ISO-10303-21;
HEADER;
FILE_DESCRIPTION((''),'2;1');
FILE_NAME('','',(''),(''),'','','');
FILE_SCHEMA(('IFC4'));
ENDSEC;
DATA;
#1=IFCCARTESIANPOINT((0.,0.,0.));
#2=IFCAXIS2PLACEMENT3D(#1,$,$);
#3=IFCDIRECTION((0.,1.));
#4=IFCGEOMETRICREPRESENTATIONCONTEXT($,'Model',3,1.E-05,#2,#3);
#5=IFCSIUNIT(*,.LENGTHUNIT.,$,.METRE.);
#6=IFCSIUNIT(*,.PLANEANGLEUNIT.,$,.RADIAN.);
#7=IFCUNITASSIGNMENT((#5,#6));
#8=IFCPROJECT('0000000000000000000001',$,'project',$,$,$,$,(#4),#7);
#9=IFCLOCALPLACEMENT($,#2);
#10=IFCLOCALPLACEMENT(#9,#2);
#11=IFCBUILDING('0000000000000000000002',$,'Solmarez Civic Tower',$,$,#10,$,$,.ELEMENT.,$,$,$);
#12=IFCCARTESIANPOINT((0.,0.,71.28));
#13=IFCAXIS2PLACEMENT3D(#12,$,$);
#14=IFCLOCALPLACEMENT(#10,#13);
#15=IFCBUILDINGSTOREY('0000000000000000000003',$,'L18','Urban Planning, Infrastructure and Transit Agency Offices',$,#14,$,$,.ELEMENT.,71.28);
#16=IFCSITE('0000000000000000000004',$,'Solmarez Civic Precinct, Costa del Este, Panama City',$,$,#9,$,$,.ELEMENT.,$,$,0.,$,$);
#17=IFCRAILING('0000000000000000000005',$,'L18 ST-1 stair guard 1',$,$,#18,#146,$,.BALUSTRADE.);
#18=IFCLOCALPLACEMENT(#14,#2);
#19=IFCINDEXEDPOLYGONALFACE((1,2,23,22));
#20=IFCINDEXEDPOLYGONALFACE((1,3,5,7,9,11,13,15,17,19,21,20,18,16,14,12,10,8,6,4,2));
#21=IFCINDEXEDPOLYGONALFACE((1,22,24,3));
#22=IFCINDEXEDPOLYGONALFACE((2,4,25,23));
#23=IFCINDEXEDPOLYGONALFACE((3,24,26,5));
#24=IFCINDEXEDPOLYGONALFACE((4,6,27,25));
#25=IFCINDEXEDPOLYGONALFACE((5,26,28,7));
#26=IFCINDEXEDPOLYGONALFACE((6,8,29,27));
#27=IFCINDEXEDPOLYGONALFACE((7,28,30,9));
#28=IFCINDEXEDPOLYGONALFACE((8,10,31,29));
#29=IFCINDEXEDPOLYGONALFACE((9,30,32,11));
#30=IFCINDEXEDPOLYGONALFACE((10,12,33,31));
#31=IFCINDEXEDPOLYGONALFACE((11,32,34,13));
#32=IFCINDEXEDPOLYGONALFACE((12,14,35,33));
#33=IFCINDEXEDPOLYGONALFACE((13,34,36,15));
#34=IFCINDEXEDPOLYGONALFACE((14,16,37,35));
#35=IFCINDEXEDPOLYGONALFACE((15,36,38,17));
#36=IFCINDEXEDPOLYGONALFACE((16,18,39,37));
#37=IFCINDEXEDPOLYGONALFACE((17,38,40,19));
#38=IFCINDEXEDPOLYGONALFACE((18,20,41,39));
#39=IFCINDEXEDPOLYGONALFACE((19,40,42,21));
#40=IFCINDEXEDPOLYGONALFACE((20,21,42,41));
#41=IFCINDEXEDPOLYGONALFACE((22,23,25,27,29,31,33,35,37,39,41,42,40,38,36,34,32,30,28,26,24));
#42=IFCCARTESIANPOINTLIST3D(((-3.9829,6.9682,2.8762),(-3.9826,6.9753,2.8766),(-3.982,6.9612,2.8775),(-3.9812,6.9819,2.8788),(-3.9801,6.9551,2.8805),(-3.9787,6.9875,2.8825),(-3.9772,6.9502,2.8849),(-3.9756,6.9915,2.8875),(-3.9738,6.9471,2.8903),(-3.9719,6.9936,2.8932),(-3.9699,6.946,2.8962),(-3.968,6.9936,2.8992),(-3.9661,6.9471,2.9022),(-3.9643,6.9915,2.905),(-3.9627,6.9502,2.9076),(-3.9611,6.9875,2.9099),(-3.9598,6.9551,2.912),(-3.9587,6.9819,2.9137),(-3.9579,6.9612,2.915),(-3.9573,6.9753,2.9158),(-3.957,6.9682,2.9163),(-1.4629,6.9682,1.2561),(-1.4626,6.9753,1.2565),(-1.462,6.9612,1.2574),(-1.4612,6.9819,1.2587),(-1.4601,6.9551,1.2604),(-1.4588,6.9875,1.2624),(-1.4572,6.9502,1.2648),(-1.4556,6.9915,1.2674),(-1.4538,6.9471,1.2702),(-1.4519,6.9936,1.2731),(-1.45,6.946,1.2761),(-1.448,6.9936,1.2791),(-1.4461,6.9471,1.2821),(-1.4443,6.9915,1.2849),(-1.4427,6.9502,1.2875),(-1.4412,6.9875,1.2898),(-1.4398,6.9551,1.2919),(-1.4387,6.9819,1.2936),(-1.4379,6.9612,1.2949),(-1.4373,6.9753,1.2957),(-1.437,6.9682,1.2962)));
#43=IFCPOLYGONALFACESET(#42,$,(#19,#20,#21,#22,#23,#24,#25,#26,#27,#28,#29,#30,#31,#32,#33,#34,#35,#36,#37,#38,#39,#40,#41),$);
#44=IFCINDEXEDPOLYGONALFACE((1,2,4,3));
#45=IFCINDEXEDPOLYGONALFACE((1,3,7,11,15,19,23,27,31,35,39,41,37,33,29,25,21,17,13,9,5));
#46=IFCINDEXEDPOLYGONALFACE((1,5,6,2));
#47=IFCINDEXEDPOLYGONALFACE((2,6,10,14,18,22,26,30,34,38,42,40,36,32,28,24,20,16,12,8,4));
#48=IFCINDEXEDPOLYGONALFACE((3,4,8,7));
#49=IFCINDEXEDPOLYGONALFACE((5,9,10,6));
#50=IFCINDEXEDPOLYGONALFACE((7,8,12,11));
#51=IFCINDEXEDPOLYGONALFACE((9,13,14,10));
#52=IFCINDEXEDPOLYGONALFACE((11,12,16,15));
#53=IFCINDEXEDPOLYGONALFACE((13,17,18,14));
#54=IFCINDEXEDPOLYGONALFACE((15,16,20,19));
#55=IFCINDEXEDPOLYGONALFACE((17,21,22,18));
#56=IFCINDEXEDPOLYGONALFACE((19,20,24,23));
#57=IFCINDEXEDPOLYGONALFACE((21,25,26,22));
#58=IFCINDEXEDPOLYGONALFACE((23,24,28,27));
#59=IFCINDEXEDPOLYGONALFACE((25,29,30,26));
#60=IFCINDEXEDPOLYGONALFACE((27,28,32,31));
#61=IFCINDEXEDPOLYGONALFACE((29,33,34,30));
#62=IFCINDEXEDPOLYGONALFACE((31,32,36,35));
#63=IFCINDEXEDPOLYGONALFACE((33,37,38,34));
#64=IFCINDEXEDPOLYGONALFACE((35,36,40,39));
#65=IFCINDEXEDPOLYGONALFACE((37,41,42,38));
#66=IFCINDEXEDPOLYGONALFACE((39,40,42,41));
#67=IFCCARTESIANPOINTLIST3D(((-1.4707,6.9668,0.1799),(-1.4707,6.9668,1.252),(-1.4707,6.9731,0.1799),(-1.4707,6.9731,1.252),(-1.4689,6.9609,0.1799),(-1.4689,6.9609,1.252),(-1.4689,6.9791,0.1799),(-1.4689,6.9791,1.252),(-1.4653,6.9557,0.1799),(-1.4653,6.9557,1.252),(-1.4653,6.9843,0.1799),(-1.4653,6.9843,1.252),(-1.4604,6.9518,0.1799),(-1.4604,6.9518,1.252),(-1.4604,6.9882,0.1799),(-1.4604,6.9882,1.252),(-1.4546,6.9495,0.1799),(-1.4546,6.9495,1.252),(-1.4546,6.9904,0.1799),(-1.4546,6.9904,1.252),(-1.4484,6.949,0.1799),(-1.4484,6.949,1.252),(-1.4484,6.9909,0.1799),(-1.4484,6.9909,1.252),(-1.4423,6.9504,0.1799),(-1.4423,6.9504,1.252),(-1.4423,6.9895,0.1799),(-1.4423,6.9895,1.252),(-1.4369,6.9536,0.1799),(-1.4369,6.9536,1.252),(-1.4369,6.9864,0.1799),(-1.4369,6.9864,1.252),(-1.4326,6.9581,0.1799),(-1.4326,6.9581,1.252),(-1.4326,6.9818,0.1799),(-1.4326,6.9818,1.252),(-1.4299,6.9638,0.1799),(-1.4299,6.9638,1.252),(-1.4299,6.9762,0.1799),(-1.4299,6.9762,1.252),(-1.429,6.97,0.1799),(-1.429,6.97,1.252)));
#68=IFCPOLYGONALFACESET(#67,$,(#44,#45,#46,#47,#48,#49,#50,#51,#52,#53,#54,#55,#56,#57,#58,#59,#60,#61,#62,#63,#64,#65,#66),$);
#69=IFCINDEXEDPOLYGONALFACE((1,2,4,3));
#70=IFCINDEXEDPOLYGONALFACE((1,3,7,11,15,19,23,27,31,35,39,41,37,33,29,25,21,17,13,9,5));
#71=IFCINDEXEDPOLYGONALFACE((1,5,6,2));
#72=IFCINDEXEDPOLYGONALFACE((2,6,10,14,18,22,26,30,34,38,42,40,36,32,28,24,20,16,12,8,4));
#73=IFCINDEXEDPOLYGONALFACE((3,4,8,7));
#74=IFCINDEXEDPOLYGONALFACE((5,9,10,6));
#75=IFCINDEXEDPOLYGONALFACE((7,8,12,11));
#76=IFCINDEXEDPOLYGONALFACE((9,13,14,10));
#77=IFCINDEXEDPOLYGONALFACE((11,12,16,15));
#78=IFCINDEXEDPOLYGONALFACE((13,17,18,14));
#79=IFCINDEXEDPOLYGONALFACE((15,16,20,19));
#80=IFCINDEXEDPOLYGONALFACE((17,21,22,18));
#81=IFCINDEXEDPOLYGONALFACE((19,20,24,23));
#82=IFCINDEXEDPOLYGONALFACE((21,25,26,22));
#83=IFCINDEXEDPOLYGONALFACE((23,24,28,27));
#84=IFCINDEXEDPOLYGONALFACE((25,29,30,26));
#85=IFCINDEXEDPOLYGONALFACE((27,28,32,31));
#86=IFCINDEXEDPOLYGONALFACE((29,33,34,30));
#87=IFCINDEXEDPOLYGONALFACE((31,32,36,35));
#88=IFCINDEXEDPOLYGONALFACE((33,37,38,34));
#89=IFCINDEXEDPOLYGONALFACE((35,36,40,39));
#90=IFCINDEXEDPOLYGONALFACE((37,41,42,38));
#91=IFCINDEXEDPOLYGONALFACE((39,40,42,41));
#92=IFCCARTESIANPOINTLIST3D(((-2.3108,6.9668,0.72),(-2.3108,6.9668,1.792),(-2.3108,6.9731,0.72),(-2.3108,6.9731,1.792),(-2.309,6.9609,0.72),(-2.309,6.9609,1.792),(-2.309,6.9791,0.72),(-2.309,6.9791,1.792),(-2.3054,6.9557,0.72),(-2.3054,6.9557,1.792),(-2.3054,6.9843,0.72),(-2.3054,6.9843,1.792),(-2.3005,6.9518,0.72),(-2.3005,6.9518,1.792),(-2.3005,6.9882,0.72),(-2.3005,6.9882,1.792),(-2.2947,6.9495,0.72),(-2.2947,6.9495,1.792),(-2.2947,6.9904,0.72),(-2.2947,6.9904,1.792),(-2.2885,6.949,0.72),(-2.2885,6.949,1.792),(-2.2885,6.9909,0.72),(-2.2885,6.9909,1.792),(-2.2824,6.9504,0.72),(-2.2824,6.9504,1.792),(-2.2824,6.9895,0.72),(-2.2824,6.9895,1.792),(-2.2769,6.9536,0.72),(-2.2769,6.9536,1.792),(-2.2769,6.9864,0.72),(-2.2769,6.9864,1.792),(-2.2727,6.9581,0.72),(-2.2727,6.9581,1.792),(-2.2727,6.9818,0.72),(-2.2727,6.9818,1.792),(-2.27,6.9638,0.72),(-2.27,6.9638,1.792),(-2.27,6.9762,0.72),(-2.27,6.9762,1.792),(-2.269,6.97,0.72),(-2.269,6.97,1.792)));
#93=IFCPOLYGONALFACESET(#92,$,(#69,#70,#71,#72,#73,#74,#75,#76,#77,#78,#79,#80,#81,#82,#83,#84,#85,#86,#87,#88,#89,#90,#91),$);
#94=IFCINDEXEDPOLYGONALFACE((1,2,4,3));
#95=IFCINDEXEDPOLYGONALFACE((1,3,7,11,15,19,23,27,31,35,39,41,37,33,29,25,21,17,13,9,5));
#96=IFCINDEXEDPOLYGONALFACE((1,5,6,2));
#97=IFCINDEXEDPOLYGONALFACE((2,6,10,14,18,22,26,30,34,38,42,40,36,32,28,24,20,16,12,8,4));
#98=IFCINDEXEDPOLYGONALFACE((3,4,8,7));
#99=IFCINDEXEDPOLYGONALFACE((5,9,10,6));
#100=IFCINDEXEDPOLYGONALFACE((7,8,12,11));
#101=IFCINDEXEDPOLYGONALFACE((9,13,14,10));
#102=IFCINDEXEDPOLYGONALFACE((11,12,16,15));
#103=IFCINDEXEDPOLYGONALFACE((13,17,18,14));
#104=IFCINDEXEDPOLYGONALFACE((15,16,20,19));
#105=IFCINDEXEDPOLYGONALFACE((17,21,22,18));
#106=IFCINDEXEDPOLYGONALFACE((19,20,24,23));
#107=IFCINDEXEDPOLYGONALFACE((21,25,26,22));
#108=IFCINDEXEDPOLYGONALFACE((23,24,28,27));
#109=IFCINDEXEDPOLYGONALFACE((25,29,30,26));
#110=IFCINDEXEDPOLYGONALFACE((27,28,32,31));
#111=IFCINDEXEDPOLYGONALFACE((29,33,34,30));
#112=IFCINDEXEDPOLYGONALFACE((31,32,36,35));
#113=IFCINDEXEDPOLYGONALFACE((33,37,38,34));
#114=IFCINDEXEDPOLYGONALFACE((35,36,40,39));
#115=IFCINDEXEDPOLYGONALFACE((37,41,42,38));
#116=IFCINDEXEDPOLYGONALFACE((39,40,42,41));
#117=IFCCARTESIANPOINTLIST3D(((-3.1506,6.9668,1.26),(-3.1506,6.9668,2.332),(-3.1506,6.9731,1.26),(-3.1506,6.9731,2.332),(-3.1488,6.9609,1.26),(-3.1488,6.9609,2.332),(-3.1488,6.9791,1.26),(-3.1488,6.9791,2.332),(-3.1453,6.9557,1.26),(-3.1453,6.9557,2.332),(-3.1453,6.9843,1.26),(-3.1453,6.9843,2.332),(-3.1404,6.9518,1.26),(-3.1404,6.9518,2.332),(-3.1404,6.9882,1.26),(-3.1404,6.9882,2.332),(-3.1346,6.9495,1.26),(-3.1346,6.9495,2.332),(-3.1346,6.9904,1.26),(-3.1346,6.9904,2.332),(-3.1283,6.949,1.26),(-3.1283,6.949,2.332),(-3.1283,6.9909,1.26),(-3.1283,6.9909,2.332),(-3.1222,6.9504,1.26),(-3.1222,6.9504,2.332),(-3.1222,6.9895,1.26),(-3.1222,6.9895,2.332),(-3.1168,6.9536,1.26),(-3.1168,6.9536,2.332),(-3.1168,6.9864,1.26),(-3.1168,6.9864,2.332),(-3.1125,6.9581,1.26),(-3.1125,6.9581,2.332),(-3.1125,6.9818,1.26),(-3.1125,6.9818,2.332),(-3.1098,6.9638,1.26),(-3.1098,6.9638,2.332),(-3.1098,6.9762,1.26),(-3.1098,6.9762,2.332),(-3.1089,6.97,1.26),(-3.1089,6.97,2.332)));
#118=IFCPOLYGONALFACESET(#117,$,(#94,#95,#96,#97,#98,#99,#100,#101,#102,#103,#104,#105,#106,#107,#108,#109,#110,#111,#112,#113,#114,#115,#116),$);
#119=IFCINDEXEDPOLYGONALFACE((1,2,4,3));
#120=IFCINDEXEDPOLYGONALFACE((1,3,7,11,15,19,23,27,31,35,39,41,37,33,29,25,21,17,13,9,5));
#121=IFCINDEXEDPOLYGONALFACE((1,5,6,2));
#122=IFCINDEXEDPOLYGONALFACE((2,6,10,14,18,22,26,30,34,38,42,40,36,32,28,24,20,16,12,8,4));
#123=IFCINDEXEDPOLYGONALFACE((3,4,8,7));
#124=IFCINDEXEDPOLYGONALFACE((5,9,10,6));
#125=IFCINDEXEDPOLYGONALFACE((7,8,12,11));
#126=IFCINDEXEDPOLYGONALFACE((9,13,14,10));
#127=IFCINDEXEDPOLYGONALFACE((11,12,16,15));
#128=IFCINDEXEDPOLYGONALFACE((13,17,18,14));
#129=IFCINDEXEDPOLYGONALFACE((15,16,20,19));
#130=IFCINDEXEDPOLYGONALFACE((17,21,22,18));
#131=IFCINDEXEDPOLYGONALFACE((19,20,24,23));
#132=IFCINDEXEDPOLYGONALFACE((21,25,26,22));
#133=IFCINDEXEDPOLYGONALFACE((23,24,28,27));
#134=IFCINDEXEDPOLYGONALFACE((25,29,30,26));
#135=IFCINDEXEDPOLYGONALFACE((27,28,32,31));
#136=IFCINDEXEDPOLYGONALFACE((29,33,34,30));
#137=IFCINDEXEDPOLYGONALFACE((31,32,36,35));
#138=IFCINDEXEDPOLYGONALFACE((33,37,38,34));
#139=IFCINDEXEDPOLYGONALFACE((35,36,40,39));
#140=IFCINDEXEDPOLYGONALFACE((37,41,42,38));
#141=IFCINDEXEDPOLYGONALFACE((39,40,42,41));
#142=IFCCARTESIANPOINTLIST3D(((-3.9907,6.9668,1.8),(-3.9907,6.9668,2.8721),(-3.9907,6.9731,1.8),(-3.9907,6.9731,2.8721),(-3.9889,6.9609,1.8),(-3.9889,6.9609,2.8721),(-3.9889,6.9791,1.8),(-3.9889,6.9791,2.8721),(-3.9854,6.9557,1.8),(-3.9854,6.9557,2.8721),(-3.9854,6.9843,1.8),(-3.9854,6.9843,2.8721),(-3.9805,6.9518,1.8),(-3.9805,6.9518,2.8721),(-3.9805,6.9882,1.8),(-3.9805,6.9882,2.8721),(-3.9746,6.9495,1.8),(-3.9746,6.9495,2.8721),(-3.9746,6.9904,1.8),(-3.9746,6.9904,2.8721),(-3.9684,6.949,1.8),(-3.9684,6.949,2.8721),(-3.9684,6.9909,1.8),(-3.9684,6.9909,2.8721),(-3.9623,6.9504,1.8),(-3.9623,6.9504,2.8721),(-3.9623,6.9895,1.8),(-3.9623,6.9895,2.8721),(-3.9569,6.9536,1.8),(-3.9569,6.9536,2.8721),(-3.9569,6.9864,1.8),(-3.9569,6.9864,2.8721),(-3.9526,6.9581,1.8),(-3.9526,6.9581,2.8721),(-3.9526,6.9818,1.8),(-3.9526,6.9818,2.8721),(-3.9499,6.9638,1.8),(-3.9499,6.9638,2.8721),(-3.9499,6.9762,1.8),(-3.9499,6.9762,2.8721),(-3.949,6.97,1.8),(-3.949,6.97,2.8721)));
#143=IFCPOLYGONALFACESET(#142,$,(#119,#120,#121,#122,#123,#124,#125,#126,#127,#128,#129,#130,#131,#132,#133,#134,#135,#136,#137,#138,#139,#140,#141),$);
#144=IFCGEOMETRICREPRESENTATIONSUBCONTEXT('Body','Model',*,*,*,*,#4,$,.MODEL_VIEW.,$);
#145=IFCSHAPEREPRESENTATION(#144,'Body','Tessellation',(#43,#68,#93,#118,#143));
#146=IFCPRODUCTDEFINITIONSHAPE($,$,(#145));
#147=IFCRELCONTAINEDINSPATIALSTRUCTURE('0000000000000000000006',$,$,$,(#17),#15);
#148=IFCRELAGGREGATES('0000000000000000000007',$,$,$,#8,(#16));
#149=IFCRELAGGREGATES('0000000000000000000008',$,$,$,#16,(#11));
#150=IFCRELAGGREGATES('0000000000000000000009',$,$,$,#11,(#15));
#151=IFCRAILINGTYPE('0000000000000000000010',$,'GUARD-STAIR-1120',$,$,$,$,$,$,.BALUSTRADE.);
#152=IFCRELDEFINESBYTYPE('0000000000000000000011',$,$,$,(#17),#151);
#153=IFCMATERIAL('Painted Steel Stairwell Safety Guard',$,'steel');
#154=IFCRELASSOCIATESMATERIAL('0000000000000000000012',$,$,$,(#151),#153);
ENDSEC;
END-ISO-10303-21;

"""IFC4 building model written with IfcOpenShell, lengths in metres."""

from ifc_helpers import new_model, si_unit, direction, frame, origin, origin_2d, place, context, subcontext, project, spatial, circle, extrude, material, type_object, element, save


model = new_model("IFC4")

# Units and contexts
model_context = context("Model", 3, precision=1e-05, world=origin(), true_north=direction((0.0, 1.0)))
body_context = subcontext(model_context, "Body", "Model", "MODEL_VIEW")
ifc_project = project(units=[si_unit("LENGTHUNIT", "METRE"), si_unit("PLANEANGLEUNIT", "RADIAN")], contexts=[model_context])

# Site, building, storey
site_placement = place(None, origin())
site = spatial("IfcSite", under=ifc_project, at=site_placement, Name="Solmarez Civic Precinct, Costa del Este, Panama City", CompositionType="ELEMENT", RefElevation=0.0)
building_placement = place(site_placement, origin())
building = spatial("IfcBuilding", under=site, at=building_placement, Name="Solmarez Civic Tower", CompositionType="ELEMENT")
storey_placement = place(building_placement, frame((0.0, 0.0, 71.28)))
storey = spatial("IfcBuildingStorey", under=building, at=storey_placement, Name="L18", Description="Urban Planning, Infrastructure and Transit Agency Offices", CompositionType="ELEMENT", Elevation=71.28)

# Railing
ifc_material_1 = material(Name="Painted Steel Stairwell Safety Guard", Category="steel")
railing_type_1 = type_object("IfcRailingType", Name="GUARD-STAIR-1120", PredefinedType="BALUSTRADE", material=ifc_material_1)
railing_1_placement = place(storey_placement, frame((-1.45, 6.97, 0.1799)))
element("IfcRailing", 1, at=railing_1_placement, inside=storey, type_object=railing_type_1, Name="L18 ST-1 stair guard 1", PredefinedType="BALUSTRADE", context=body_context, shape_type="SweptSolid", body=[
    extrude(circle(Radius=0.0239, at=origin_2d()), frame((0.0, 0.0, 1.0962), z_axis=(-0.841163, 0.0, 0.540782), x_axis=(0.0, -1.0, 0.0)), (0.0, 0.0, 1.0), 2.9958),
    extrude(circle(Radius=0.021, at=origin_2d()), origin(), (0.0, 0.0, 1.0), 1.072),
    extrude(circle(Radius=0.021, at=origin_2d()), frame((-0.8401, 0.0, 0.54)), (0.0, 0.0, 1.0), 1.072),
    extrude(circle(Radius=0.021, at=origin_2d()), frame((-1.6799, 0.0, 1.0801)), (0.0, 0.0, 1.0), 1.072),
    extrude(circle(Radius=0.021, at=origin_2d()), frame((-2.52, 0.0, 1.6201)), (0.0, 0.0, 1.0), 1.072),
])

save(model, "model.ifc")
